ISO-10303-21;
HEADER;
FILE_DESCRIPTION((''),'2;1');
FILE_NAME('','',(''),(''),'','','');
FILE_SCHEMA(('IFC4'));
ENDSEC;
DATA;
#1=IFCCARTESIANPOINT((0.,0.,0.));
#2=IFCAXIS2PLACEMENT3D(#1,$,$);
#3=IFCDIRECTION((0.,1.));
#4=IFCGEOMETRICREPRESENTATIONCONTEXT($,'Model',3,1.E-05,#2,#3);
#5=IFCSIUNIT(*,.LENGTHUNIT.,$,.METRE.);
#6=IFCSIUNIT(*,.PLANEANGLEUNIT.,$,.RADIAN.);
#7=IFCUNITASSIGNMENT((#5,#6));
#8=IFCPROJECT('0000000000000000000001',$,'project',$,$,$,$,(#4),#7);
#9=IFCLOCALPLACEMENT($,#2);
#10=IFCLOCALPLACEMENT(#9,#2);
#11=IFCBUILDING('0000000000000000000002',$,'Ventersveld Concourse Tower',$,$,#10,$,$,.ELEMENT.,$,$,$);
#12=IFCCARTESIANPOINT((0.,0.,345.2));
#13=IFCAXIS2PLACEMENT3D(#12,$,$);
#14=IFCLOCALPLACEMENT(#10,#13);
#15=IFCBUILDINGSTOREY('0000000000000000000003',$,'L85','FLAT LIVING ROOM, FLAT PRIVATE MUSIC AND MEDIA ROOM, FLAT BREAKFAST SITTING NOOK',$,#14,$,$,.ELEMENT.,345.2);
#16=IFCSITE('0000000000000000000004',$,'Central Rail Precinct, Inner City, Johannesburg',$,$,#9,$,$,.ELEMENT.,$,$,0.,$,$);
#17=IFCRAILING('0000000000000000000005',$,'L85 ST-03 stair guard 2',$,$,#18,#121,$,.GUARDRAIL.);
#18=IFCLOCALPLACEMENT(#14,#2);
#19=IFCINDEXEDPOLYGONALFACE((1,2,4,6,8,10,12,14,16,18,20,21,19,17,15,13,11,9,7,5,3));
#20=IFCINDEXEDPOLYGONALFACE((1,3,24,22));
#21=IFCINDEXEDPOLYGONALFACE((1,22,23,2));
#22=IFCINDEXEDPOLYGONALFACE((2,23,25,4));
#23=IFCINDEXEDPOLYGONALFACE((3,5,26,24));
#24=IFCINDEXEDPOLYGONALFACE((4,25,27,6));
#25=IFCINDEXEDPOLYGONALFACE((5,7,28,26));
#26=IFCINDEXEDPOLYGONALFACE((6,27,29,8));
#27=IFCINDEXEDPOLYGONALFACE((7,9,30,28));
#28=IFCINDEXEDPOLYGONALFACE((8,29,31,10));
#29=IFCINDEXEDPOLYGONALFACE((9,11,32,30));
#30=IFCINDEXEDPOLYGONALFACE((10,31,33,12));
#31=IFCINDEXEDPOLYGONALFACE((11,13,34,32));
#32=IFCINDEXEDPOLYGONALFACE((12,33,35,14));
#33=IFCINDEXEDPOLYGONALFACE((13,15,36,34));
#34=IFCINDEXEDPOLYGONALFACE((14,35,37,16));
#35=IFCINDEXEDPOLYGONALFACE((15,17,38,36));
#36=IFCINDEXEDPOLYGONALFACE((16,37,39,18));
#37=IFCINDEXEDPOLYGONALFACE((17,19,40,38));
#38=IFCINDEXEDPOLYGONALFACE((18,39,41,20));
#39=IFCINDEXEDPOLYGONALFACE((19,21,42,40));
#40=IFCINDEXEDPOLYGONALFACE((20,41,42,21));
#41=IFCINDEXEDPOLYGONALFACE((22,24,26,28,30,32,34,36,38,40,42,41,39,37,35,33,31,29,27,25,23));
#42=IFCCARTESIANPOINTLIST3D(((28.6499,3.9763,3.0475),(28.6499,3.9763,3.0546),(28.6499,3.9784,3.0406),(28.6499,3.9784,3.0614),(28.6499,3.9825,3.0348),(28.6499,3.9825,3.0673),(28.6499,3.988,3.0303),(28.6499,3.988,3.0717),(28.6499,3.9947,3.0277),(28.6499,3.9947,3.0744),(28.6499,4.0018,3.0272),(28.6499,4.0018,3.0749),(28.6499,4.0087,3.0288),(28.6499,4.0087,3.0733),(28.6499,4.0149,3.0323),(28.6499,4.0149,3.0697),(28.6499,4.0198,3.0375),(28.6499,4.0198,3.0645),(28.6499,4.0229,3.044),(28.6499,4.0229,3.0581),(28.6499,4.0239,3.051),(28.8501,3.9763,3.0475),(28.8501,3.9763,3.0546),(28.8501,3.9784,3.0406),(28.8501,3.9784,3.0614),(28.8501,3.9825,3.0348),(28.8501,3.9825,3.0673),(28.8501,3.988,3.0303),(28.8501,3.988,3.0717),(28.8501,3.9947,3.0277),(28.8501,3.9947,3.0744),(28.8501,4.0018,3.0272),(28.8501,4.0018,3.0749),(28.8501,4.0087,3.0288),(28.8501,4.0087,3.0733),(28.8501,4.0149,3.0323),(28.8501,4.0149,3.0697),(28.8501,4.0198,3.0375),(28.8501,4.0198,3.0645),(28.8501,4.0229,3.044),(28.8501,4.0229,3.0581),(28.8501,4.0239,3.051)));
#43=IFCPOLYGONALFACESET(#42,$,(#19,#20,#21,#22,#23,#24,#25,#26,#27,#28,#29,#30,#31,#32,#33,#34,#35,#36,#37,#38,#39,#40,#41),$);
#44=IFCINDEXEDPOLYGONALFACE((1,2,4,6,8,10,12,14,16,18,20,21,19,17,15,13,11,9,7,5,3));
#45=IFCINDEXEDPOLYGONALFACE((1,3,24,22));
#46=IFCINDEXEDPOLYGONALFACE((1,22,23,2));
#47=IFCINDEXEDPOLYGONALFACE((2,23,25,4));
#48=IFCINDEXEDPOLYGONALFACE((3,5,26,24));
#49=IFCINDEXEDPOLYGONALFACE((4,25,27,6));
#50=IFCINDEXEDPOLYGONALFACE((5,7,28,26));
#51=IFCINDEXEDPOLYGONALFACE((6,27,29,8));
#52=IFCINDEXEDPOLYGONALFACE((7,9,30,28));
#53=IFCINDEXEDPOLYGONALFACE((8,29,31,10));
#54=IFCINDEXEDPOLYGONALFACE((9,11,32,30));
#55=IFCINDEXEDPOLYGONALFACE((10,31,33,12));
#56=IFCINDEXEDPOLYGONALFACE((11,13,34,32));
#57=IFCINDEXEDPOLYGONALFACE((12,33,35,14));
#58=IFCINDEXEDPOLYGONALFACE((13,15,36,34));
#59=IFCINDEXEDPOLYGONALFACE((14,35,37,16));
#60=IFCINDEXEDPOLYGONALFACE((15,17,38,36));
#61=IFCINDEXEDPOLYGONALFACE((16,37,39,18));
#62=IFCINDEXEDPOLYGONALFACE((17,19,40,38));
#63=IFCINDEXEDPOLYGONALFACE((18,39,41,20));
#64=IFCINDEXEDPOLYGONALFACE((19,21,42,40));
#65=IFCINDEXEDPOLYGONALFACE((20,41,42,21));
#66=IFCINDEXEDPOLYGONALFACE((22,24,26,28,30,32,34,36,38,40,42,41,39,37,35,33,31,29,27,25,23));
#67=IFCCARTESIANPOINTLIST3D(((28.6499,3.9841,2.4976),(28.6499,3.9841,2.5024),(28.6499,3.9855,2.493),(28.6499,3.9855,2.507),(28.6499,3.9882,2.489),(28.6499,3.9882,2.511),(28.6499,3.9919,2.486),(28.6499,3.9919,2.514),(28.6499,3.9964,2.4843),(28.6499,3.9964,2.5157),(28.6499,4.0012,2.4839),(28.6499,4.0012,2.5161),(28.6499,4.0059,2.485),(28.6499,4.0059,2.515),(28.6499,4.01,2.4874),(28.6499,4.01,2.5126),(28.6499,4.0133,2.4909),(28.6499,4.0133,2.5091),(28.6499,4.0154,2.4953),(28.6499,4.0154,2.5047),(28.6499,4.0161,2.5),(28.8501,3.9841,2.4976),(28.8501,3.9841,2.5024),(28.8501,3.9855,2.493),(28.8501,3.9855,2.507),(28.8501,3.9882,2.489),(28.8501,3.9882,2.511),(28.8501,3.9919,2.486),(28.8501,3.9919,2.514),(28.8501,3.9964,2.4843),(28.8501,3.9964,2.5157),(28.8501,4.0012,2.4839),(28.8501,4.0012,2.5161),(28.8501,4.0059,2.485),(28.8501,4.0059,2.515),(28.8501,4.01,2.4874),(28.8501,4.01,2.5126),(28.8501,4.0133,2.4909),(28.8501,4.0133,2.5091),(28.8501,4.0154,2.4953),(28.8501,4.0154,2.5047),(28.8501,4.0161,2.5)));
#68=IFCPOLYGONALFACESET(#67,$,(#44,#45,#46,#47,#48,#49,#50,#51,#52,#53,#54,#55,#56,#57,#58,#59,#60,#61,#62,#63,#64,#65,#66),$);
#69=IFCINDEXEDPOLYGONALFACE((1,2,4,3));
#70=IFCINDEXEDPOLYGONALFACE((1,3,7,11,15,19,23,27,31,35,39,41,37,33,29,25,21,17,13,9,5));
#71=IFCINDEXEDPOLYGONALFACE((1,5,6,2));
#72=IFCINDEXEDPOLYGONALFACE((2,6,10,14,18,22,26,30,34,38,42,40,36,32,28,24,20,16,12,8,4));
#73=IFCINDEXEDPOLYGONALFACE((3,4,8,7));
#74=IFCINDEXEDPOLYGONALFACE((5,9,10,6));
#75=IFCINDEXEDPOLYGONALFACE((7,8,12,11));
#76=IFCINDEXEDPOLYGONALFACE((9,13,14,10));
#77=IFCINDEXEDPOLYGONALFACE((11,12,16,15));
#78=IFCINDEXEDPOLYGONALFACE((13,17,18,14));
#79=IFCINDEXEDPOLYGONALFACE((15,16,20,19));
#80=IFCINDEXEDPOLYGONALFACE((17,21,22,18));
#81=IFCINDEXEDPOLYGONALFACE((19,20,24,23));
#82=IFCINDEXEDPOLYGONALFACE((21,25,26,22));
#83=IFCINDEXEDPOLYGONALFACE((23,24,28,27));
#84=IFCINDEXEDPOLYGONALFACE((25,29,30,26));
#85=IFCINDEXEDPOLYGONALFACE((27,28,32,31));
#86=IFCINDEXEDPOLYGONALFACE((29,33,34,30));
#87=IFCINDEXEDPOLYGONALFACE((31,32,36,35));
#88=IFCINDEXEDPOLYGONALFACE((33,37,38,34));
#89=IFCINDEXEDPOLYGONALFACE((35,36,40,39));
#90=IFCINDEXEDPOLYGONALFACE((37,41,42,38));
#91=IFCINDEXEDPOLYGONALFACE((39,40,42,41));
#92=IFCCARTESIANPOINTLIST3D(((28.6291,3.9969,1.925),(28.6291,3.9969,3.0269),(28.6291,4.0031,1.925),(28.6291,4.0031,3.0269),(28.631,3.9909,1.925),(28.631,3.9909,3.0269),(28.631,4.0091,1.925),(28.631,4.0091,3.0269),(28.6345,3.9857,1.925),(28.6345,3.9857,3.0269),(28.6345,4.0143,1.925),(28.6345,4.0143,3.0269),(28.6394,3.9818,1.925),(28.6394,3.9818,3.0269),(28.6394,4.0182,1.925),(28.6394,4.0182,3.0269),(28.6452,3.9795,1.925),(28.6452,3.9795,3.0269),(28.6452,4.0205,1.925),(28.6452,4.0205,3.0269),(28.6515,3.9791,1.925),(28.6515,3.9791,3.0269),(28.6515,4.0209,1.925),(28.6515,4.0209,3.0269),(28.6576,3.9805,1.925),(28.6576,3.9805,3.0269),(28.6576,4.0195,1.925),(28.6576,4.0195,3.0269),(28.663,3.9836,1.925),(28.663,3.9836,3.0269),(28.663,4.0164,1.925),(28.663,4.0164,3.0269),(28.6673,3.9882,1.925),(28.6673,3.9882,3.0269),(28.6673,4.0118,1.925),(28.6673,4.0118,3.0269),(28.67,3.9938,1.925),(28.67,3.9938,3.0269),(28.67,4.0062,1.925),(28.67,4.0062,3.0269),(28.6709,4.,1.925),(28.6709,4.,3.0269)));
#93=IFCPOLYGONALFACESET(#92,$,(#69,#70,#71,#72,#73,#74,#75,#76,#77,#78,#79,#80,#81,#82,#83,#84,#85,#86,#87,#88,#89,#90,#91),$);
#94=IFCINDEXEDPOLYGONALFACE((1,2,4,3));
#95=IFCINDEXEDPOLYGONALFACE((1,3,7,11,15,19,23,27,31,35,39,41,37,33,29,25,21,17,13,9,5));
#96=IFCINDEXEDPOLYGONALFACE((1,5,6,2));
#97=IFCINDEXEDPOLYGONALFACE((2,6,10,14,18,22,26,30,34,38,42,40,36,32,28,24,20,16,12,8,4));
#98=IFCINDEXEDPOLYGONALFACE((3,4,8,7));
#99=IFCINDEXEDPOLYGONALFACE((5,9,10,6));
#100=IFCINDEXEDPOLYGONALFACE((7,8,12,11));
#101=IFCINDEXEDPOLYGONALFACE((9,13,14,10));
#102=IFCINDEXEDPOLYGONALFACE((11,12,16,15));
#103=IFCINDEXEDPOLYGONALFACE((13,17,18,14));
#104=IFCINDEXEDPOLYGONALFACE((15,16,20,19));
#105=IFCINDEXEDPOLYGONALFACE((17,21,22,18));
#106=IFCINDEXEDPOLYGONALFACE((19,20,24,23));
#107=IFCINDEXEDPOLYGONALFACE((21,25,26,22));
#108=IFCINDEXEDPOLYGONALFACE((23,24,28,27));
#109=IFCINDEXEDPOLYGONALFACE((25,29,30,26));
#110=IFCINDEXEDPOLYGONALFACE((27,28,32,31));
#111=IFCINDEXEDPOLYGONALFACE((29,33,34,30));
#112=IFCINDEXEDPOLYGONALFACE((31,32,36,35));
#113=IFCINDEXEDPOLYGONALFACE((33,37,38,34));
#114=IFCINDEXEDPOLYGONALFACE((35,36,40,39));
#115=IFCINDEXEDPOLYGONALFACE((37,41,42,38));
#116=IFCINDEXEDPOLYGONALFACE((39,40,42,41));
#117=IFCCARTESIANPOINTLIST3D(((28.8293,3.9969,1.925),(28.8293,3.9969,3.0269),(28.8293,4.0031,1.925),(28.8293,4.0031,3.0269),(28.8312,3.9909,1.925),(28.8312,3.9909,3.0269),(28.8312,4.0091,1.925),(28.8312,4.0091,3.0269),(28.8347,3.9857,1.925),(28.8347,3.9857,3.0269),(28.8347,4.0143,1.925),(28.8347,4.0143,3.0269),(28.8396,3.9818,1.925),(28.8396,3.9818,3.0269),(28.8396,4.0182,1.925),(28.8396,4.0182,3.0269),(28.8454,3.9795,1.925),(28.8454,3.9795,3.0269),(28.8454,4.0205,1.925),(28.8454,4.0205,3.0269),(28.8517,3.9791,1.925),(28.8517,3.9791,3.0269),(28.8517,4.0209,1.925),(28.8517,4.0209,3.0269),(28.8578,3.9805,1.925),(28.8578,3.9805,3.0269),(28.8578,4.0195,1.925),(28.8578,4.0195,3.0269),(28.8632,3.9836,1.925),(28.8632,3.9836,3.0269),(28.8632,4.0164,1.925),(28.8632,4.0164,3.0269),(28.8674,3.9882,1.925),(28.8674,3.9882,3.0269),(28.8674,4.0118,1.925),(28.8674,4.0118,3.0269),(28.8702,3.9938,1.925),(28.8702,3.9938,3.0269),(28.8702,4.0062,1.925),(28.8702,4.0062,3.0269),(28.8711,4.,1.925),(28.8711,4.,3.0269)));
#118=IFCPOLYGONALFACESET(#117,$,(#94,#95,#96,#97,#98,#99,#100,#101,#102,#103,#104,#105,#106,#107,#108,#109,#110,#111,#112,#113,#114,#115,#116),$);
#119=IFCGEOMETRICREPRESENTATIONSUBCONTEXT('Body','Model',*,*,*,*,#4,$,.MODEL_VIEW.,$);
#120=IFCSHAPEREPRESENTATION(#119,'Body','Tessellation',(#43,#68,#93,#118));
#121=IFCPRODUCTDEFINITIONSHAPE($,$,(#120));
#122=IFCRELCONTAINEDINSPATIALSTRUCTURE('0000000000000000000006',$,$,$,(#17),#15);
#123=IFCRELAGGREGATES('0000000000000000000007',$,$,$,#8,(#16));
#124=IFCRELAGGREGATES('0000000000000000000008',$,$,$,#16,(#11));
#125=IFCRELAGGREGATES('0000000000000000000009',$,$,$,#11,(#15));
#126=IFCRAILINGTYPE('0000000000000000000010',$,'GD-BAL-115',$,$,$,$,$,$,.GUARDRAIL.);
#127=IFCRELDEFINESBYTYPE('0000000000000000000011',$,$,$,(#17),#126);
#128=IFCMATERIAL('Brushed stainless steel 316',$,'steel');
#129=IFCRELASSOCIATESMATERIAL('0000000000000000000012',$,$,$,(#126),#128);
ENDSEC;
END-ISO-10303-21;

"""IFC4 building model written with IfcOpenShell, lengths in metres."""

from ifc_helpers import new_model, si_unit, direction, frame, origin, origin_2d, place, context, subcontext, project, spatial, circle, extrude, material, type_object, element, save


model = new_model("IFC4")

# Units and contexts
model_context = context("Model", 3, precision=1e-05, world=origin(), true_north=direction((0.0, 1.0)))
body_context = subcontext(model_context, "Body", "Model", "MODEL_VIEW")
ifc_project = project(units=[si_unit("LENGTHUNIT", "METRE"), si_unit("PLANEANGLEUNIT", "RADIAN")], contexts=[model_context])

# Site, building, storey
site_placement = place(None, origin())
site = spatial("IfcSite", under=ifc_project, at=site_placement, Name="Central Rail Precinct, Inner City, Johannesburg", CompositionType="ELEMENT", RefElevation=0.0)
building_placement = place(site_placement, origin())
building = spatial("IfcBuilding", under=site, at=building_placement, Name="Ventersveld Concourse Tower", CompositionType="ELEMENT")
storey_placement = place(building_placement, frame((0.0, 0.0, 345.2)))
storey = spatial("IfcBuildingStorey", under=building, at=storey_placement, Name="L85", Description="FLAT LIVING ROOM, FLAT PRIVATE MUSIC AND MEDIA ROOM, FLAT BREAKFAST SITTING NOOK", CompositionType="ELEMENT", Elevation=345.2)

# Railing
ifc_material_1 = material(Name="Brushed stainless steel 316", Category="steel")
railing_type_1 = type_object("IfcRailingType", Name="GD-BAL-115", PredefinedType="GUARDRAIL", material=ifc_material_1)
railing_1_placement = place(storey_placement, frame((28.6499, 4.0, 1.925)))
element("IfcRailing", 1, at=railing_1_placement, inside=storey, type_object=railing_type_1, Name="L85 ST-03 stair guard 2", PredefinedType="GUARDRAIL", context=body_context, shape_type="SweptSolid", body=[
    extrude(circle(Radius=0.0239, at=origin_2d()), frame((0.0, 0.0, 1.126), z_axis=(1.0, 0.0, 0.0), x_axis=(0.0, 1.0, 0.0)), (0.0, 0.0, 1.0), 0.2002),
    extrude(circle(Radius=0.0161, at=origin_2d()), frame((0.0, 0.0, 0.575), z_axis=(1.0, 0.0, 0.0), x_axis=(0.0, 1.0, 0.0)), (0.0, 0.0, 1.0), 0.2002),
    extrude(circle(Radius=0.021, at=origin_2d()), origin(), (0.0, 0.0, 1.0), 1.1018),
    extrude(circle(Radius=0.021, at=origin_2d()), frame((0.2002, 0.0, 0.0)), (0.0, 0.0, 1.0), 1.1018),
])

save(model, "model.ifc")
